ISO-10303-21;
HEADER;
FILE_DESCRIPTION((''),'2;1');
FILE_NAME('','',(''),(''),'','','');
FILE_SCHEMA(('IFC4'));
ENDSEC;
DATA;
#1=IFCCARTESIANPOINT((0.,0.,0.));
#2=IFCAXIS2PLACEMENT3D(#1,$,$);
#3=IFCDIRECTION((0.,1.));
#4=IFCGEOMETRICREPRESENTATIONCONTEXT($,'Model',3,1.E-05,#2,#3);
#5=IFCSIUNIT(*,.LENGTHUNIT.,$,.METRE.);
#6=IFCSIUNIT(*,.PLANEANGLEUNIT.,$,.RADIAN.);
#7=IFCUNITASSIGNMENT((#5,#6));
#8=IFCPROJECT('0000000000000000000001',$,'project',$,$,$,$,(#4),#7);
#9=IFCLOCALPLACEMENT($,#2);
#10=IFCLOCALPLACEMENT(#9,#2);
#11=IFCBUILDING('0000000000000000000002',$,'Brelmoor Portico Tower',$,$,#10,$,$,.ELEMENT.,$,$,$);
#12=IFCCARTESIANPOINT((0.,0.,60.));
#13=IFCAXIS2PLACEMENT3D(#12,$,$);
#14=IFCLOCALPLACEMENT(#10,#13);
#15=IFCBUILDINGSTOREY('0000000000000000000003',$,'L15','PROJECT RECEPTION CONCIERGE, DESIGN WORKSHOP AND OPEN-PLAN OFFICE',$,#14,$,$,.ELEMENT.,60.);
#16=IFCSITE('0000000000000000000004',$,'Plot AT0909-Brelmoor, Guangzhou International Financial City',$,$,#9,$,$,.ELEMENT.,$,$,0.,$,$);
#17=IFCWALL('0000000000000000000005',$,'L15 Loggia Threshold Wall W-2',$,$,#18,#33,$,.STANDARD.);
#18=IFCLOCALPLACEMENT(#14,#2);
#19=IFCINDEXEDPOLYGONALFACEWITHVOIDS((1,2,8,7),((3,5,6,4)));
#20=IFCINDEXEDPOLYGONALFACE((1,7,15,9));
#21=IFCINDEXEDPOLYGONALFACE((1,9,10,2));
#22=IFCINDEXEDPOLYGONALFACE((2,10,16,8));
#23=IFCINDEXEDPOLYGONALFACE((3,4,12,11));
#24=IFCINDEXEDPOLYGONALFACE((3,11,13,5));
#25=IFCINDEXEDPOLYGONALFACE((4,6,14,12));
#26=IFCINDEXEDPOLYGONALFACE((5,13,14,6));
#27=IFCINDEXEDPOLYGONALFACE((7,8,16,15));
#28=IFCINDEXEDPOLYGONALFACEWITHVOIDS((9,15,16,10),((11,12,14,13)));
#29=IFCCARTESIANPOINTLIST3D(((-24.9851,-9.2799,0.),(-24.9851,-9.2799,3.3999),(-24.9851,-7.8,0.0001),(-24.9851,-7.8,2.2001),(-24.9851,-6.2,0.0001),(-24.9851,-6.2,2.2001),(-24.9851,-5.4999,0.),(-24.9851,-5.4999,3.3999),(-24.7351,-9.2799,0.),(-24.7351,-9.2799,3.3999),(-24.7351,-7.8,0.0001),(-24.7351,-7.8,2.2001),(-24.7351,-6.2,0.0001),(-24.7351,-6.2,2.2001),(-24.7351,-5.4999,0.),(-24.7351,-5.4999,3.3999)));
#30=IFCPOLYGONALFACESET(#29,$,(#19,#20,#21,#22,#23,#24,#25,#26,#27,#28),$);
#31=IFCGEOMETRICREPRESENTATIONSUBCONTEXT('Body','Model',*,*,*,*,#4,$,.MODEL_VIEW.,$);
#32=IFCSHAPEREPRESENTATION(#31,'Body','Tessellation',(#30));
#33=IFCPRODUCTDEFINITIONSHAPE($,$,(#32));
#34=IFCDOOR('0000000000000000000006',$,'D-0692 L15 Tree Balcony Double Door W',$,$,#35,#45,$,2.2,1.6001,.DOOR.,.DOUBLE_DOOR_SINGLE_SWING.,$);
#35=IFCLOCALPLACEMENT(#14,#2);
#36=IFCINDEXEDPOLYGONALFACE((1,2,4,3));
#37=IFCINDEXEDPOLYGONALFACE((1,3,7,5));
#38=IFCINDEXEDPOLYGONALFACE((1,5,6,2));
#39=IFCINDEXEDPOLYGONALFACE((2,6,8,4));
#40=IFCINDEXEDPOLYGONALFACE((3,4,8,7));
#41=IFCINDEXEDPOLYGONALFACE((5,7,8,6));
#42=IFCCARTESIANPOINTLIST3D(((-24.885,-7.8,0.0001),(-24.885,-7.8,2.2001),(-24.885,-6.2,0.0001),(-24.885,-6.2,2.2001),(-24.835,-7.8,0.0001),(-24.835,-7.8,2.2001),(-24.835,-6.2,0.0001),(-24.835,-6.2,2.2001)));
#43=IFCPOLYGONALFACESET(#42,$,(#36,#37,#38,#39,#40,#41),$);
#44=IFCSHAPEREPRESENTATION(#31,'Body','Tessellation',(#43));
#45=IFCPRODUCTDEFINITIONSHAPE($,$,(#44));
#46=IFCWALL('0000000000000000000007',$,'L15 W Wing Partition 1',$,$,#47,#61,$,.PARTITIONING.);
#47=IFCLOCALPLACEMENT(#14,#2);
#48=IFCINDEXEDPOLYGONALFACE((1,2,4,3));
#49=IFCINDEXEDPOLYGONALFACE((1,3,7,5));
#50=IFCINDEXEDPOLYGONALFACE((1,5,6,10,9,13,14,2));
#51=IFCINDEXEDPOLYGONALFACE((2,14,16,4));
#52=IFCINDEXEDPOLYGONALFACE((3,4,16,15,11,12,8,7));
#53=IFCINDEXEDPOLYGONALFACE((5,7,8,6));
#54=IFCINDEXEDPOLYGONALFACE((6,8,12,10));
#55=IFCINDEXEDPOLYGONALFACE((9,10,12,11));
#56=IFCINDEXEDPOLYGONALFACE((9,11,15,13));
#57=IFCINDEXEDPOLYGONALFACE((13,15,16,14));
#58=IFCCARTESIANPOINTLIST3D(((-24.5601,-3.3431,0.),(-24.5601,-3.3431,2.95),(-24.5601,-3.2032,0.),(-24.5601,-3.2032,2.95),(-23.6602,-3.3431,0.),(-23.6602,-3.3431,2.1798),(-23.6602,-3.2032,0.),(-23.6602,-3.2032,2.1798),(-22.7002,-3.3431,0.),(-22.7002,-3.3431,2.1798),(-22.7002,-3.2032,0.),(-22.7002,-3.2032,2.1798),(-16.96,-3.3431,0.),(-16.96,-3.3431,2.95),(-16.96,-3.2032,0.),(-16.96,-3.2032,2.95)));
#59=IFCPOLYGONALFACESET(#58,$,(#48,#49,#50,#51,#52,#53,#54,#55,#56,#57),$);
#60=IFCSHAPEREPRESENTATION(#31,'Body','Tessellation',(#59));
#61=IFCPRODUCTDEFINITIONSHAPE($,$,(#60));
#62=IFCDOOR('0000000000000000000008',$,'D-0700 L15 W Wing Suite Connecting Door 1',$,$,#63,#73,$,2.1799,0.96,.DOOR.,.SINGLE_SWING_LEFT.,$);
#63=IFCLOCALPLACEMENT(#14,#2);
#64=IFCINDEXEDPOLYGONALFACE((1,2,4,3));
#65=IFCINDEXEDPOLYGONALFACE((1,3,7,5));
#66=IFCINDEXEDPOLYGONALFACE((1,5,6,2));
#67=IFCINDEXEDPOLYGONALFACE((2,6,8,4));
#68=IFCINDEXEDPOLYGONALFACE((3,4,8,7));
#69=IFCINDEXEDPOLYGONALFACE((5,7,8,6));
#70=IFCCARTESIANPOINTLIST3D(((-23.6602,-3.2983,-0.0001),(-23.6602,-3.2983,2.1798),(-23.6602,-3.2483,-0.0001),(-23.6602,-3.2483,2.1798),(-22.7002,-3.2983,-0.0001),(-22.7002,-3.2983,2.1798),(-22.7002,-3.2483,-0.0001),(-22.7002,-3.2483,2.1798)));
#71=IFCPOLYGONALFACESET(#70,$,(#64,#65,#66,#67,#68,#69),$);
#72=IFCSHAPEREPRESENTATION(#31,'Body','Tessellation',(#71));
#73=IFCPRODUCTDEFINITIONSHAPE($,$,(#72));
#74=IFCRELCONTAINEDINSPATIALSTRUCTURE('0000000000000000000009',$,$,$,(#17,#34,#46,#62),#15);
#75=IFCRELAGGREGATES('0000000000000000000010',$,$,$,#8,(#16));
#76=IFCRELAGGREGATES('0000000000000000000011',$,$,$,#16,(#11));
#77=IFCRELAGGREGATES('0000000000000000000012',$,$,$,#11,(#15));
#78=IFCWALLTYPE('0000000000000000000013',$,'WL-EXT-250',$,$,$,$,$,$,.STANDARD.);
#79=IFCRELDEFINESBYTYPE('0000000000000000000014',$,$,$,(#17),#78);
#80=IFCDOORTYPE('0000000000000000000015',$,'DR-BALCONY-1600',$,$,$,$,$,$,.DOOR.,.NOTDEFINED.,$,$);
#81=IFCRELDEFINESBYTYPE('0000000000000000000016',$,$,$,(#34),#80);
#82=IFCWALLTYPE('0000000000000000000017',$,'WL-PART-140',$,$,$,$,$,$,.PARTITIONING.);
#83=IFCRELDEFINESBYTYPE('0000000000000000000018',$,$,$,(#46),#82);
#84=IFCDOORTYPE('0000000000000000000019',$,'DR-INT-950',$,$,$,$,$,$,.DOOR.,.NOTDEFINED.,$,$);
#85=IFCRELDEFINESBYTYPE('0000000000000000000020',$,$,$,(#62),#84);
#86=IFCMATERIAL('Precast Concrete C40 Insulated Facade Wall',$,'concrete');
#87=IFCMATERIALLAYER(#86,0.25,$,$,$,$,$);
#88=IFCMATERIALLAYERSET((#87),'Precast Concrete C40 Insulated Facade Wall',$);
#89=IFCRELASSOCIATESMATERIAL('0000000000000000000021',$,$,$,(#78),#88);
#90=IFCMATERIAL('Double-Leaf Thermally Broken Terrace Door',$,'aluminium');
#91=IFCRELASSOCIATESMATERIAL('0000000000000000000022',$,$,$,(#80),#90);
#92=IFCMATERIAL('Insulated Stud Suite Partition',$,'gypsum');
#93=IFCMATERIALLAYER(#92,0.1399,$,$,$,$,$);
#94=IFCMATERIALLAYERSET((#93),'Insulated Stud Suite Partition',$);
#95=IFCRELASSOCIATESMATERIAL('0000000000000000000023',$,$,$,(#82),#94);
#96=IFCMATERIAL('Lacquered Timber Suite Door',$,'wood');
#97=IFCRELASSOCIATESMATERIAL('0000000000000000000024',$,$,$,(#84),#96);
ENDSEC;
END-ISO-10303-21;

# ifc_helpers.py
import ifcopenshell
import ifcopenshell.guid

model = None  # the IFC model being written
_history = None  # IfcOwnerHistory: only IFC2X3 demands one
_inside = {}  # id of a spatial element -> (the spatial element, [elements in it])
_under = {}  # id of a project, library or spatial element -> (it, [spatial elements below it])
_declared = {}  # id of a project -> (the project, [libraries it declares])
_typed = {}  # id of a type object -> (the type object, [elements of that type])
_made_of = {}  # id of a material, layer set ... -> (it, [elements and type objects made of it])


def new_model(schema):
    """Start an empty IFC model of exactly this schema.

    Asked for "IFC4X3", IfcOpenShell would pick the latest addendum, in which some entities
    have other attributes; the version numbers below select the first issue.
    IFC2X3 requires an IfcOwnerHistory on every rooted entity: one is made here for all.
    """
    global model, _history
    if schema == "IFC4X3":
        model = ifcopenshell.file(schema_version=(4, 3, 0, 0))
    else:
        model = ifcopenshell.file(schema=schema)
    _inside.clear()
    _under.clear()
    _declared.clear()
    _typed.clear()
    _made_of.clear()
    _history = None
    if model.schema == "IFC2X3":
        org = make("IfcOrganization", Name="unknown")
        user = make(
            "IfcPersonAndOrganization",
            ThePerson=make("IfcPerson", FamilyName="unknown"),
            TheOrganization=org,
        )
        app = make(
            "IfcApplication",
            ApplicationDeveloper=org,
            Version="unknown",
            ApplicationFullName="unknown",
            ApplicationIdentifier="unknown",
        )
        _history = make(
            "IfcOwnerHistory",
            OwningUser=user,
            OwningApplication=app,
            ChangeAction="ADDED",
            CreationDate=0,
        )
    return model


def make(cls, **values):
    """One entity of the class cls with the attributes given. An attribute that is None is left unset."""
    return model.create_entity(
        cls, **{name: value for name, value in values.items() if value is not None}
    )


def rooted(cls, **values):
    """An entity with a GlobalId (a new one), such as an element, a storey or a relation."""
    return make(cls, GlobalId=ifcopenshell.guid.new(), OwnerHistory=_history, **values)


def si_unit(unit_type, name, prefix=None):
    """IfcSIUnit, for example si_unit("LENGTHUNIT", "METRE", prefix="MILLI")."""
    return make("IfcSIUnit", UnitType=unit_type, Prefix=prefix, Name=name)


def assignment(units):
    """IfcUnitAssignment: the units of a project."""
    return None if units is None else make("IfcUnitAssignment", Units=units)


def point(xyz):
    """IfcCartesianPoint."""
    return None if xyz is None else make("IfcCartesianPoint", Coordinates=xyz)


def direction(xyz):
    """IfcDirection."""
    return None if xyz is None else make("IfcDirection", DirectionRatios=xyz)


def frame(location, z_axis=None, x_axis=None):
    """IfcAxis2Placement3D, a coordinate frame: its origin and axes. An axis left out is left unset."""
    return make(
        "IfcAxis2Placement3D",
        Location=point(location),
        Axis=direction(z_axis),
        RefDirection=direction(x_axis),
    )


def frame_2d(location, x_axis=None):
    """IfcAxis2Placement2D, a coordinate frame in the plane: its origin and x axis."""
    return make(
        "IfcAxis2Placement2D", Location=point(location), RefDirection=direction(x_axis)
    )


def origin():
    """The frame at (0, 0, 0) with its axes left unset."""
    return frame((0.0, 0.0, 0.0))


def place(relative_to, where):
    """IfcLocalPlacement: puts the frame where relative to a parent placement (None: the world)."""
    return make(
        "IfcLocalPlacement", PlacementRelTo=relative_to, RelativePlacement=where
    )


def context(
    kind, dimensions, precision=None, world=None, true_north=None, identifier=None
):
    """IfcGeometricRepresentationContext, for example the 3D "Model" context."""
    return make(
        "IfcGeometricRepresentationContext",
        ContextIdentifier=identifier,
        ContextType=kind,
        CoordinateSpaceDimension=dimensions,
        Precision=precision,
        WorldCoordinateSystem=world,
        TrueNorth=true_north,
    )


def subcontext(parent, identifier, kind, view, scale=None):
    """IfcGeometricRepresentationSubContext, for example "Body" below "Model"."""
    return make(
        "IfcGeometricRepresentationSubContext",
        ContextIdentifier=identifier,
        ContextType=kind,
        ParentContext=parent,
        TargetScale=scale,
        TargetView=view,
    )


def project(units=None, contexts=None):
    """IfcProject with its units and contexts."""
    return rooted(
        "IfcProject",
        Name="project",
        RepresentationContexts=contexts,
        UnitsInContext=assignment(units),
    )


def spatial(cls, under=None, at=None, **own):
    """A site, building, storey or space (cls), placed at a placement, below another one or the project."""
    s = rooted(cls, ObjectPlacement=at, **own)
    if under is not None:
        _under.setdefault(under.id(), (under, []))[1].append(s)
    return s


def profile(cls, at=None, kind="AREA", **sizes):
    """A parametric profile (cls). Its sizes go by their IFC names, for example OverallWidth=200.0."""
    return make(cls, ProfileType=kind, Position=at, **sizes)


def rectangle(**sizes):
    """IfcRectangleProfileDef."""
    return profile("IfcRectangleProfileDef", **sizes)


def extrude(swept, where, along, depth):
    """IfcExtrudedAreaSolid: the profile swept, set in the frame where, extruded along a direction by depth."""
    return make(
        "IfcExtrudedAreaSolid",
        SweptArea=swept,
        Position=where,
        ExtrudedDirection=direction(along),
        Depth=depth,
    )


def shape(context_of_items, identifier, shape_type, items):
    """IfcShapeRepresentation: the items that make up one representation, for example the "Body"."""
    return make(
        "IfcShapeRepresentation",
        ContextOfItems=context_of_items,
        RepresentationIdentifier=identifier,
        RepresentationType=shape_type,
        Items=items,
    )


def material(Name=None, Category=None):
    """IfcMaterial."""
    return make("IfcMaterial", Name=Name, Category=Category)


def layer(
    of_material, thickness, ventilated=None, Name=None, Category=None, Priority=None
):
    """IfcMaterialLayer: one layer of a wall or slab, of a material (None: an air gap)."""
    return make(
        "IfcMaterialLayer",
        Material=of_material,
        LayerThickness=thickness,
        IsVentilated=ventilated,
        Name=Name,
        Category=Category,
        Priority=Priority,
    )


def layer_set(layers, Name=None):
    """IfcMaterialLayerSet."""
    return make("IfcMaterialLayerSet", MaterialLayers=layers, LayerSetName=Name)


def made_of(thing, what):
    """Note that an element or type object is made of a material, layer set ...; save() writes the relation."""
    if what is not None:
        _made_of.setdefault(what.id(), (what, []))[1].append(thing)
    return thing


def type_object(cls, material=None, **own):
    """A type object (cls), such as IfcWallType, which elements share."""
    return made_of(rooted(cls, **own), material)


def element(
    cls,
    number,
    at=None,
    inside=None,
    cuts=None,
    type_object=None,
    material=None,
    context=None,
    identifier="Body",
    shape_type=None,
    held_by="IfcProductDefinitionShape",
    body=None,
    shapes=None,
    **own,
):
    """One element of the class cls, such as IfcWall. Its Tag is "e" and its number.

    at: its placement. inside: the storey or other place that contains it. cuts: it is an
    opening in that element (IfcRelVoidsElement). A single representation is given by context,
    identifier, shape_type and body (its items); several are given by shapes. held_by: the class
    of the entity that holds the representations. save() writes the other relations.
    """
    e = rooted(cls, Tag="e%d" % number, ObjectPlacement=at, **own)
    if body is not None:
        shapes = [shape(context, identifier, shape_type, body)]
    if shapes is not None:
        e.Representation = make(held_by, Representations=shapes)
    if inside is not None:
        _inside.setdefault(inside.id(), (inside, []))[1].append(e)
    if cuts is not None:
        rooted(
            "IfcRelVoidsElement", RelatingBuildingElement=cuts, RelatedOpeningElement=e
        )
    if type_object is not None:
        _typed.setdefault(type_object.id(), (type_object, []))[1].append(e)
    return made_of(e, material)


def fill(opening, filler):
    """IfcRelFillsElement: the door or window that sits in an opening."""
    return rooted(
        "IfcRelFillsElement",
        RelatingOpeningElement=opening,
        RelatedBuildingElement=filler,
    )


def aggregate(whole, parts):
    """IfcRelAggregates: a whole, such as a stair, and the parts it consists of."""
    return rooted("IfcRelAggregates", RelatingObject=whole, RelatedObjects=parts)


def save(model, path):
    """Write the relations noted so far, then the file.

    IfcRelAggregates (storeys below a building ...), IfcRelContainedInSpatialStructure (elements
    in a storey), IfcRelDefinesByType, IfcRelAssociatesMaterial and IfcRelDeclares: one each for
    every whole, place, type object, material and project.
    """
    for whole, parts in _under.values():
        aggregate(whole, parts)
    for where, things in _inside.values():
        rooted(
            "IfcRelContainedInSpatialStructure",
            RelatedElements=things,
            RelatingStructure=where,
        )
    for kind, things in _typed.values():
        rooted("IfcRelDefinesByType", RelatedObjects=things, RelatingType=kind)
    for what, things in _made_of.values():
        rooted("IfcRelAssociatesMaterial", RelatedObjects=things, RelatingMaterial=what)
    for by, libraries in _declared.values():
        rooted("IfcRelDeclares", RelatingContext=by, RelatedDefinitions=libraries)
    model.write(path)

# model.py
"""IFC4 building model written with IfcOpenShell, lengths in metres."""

from ifc_helpers import new_model, si_unit, direction, frame, frame_2d, origin, place, context, subcontext, project, spatial, rectangle, extrude, material, layer, layer_set, type_object, element, fill, save


model = new_model("IFC4")

# Units and contexts
model_context = context("Model", 3, precision=1e-05, world=origin(), true_north=direction((0.0, 1.0)))
body_context = subcontext(model_context, "Body", "Model", "MODEL_VIEW")
ifc_project = project(units=[si_unit("LENGTHUNIT", "METRE"), si_unit("PLANEANGLEUNIT", "RADIAN")], contexts=[model_context])

# Site, building, storey
site_placement = place(None, origin())
site = spatial("IfcSite", under=ifc_project, at=site_placement, Name="Plot AT0909-Brelmoor, Guangzhou International Financial City", CompositionType="ELEMENT", RefElevation=0.0)
building_placement = place(site_placement, origin())
building = spatial("IfcBuilding", under=site, at=building_placement, Name="Brelmoor Portico Tower", CompositionType="ELEMENT")
storey_placement = place(building_placement, frame((0.0, 0.0, 60.0)))
storey = spatial("IfcBuildingStorey", under=building, at=storey_placement, Name="L15", Description="PROJECT RECEPTION CONCIERGE, DESIGN WORKSHOP AND OPEN-PLAN OFFICE", CompositionType="ELEMENT", Elevation=60.0)

# Walls, openings, doors
ifc_material_1 = material(Name="Precast Concrete C40 Insulated Facade Wall", Category="concrete")
ifc_layer_1 = layer(ifc_material_1, 0.25)
ifc_layer_set_1 = layer_set([ifc_layer_1], Name="Precast Concrete C40 Insulated Facade Wall")
wall_type_1 = type_object("IfcWallType", Name="WL-EXT-250", PredefinedType="STANDARD", material=ifc_layer_set_1)
wall_1_placement = place(storey_placement, frame((-24.8601, -9.28, 0.0), z_axis=(0.0, 0.0, 1.0), x_axis=(0.0, 1.0, 0.0)))
wall_1 = element("IfcWall", 1, at=wall_1_placement, inside=storey, type_object=wall_type_1, Name="L15 Loggia Threshold Wall W-2", PredefinedType="STANDARD", context=body_context, shape_type="SweptSolid", body=[
    extrude(rectangle(XDim=3.78, YDim=0.25, at=frame_2d((1.8901, 0.0))), origin(), (0.0, 0.0, 1.0), 3.3999),
])
opening_1_placement = place(wall_1_placement, frame((1.48, 0.0, 0.0)))
opening_1 = element("IfcOpeningElement", 2, at=opening_1_placement, cuts=wall_1, PredefinedType="OPENING", context=body_context, shape_type="SweptSolid", body=[
    extrude(rectangle(XDim=1.6001, YDim=2.2, at=frame_2d((0.8, 1.1001))), frame((0.0, 0.135, 0.0), z_axis=(0.0, -1.0, 0.0), x_axis=(1.0, 0.0, 0.0)), (0.0, 0.0, 1.0), 0.27),
])
ifc_material_2 = material(Name="Double-Leaf Thermally Broken Terrace Door", Category="aluminium")
door_type_1 = type_object("IfcDoorType", Name="DR-BALCONY-1600", OperationType="NOTDEFINED", PredefinedType="DOOR", material=ifc_material_2)
door_1_placement = place(opening_1_placement, origin())
door_1 = element("IfcDoor", 3, at=door_1_placement, inside=storey, type_object=door_type_1, Name="D-0692 L15 Tree Balcony Double Door W", OperationType="DOUBLE_DOOR_SINGLE_SWING", OverallHeight=2.2, OverallWidth=1.6001, PredefinedType="DOOR", context=body_context, shape_type="SweptSolid", body=[
    extrude(rectangle(XDim=1.6001, YDim=2.2, at=frame_2d((0.8, 1.1001))), frame((0.0, 0.0249, 0.0), z_axis=(0.0, -1.0, 0.0), x_axis=(1.0, 0.0, 0.0)), (0.0, 0.0, 1.0), 0.05),
])
fill(opening_1, door_1)
ifc_material_3 = material(Name="Insulated Stud Suite Partition", Category="gypsum")
ifc_layer_2 = layer(ifc_material_3, 0.1399)
ifc_layer_set_2 = layer_set([ifc_layer_2], Name="Insulated Stud Suite Partition")
wall_type_2 = type_object("IfcWallType", Name="WL-PART-140", PredefinedType="PARTITIONING", material=ifc_layer_set_2)
wall_2_placement = place(storey_placement, frame((-24.5601, -3.2732, 0.0), z_axis=(0.0, 0.0, 1.0), x_axis=(1.0, 0.0, 0.0)))
wall_2 = element("IfcWall", 4, at=wall_2_placement, inside=storey, type_object=wall_type_2, Name="L15 W Wing Partition 1", PredefinedType="PARTITIONING", context=body_context, shape_type="SweptSolid", body=[
    extrude(rectangle(XDim=7.6001, YDim=0.1399, at=frame_2d((3.8, 0.0))), origin(), (0.0, 0.0, 1.0), 2.95),
])
opening_2_placement = place(wall_2_placement, frame((0.8999, 0.0, 0.0)))
opening_2 = element("IfcOpeningElement", 5, at=opening_2_placement, cuts=wall_2, PredefinedType="OPENING", context=body_context, shape_type="SweptSolid", body=[
    extrude(rectangle(XDim=0.96, YDim=2.1799, at=frame_2d((0.48, 1.0898))), frame((0.0, 0.0798, 0.0), z_axis=(0.0, -1.0, 0.0), x_axis=(1.0, 0.0, 0.0)), (0.0, 0.0, 1.0), 0.1599),
])
ifc_material_4 = material(Name="Lacquered Timber Suite Door", Category="wood")
door_type_2 = type_object("IfcDoorType", Name="DR-INT-950", OperationType="NOTDEFINED", PredefinedType="DOOR", material=ifc_material_4)
door_2_placement = place(opening_2_placement, origin())
door_2 = element("IfcDoor", 6, at=door_2_placement, inside=storey, type_object=door_type_2, Name="D-0700 L15 W Wing Suite Connecting Door 1", OperationType="SINGLE_SWING_LEFT", OverallHeight=2.1799, OverallWidth=0.96, PredefinedType="DOOR", context=body_context, shape_type="SweptSolid", body=[
    extrude(rectangle(XDim=0.96, YDim=2.1799, at=frame_2d((0.48, 1.0898))), frame((0.0, 0.0249, 0.0), z_axis=(0.0, -1.0, 0.0), x_axis=(1.0, 0.0, 0.0)), (0.0, 0.0, 1.0), 0.05),
])
fill(opening_2, door_2)

save(model, "model.ifc")
